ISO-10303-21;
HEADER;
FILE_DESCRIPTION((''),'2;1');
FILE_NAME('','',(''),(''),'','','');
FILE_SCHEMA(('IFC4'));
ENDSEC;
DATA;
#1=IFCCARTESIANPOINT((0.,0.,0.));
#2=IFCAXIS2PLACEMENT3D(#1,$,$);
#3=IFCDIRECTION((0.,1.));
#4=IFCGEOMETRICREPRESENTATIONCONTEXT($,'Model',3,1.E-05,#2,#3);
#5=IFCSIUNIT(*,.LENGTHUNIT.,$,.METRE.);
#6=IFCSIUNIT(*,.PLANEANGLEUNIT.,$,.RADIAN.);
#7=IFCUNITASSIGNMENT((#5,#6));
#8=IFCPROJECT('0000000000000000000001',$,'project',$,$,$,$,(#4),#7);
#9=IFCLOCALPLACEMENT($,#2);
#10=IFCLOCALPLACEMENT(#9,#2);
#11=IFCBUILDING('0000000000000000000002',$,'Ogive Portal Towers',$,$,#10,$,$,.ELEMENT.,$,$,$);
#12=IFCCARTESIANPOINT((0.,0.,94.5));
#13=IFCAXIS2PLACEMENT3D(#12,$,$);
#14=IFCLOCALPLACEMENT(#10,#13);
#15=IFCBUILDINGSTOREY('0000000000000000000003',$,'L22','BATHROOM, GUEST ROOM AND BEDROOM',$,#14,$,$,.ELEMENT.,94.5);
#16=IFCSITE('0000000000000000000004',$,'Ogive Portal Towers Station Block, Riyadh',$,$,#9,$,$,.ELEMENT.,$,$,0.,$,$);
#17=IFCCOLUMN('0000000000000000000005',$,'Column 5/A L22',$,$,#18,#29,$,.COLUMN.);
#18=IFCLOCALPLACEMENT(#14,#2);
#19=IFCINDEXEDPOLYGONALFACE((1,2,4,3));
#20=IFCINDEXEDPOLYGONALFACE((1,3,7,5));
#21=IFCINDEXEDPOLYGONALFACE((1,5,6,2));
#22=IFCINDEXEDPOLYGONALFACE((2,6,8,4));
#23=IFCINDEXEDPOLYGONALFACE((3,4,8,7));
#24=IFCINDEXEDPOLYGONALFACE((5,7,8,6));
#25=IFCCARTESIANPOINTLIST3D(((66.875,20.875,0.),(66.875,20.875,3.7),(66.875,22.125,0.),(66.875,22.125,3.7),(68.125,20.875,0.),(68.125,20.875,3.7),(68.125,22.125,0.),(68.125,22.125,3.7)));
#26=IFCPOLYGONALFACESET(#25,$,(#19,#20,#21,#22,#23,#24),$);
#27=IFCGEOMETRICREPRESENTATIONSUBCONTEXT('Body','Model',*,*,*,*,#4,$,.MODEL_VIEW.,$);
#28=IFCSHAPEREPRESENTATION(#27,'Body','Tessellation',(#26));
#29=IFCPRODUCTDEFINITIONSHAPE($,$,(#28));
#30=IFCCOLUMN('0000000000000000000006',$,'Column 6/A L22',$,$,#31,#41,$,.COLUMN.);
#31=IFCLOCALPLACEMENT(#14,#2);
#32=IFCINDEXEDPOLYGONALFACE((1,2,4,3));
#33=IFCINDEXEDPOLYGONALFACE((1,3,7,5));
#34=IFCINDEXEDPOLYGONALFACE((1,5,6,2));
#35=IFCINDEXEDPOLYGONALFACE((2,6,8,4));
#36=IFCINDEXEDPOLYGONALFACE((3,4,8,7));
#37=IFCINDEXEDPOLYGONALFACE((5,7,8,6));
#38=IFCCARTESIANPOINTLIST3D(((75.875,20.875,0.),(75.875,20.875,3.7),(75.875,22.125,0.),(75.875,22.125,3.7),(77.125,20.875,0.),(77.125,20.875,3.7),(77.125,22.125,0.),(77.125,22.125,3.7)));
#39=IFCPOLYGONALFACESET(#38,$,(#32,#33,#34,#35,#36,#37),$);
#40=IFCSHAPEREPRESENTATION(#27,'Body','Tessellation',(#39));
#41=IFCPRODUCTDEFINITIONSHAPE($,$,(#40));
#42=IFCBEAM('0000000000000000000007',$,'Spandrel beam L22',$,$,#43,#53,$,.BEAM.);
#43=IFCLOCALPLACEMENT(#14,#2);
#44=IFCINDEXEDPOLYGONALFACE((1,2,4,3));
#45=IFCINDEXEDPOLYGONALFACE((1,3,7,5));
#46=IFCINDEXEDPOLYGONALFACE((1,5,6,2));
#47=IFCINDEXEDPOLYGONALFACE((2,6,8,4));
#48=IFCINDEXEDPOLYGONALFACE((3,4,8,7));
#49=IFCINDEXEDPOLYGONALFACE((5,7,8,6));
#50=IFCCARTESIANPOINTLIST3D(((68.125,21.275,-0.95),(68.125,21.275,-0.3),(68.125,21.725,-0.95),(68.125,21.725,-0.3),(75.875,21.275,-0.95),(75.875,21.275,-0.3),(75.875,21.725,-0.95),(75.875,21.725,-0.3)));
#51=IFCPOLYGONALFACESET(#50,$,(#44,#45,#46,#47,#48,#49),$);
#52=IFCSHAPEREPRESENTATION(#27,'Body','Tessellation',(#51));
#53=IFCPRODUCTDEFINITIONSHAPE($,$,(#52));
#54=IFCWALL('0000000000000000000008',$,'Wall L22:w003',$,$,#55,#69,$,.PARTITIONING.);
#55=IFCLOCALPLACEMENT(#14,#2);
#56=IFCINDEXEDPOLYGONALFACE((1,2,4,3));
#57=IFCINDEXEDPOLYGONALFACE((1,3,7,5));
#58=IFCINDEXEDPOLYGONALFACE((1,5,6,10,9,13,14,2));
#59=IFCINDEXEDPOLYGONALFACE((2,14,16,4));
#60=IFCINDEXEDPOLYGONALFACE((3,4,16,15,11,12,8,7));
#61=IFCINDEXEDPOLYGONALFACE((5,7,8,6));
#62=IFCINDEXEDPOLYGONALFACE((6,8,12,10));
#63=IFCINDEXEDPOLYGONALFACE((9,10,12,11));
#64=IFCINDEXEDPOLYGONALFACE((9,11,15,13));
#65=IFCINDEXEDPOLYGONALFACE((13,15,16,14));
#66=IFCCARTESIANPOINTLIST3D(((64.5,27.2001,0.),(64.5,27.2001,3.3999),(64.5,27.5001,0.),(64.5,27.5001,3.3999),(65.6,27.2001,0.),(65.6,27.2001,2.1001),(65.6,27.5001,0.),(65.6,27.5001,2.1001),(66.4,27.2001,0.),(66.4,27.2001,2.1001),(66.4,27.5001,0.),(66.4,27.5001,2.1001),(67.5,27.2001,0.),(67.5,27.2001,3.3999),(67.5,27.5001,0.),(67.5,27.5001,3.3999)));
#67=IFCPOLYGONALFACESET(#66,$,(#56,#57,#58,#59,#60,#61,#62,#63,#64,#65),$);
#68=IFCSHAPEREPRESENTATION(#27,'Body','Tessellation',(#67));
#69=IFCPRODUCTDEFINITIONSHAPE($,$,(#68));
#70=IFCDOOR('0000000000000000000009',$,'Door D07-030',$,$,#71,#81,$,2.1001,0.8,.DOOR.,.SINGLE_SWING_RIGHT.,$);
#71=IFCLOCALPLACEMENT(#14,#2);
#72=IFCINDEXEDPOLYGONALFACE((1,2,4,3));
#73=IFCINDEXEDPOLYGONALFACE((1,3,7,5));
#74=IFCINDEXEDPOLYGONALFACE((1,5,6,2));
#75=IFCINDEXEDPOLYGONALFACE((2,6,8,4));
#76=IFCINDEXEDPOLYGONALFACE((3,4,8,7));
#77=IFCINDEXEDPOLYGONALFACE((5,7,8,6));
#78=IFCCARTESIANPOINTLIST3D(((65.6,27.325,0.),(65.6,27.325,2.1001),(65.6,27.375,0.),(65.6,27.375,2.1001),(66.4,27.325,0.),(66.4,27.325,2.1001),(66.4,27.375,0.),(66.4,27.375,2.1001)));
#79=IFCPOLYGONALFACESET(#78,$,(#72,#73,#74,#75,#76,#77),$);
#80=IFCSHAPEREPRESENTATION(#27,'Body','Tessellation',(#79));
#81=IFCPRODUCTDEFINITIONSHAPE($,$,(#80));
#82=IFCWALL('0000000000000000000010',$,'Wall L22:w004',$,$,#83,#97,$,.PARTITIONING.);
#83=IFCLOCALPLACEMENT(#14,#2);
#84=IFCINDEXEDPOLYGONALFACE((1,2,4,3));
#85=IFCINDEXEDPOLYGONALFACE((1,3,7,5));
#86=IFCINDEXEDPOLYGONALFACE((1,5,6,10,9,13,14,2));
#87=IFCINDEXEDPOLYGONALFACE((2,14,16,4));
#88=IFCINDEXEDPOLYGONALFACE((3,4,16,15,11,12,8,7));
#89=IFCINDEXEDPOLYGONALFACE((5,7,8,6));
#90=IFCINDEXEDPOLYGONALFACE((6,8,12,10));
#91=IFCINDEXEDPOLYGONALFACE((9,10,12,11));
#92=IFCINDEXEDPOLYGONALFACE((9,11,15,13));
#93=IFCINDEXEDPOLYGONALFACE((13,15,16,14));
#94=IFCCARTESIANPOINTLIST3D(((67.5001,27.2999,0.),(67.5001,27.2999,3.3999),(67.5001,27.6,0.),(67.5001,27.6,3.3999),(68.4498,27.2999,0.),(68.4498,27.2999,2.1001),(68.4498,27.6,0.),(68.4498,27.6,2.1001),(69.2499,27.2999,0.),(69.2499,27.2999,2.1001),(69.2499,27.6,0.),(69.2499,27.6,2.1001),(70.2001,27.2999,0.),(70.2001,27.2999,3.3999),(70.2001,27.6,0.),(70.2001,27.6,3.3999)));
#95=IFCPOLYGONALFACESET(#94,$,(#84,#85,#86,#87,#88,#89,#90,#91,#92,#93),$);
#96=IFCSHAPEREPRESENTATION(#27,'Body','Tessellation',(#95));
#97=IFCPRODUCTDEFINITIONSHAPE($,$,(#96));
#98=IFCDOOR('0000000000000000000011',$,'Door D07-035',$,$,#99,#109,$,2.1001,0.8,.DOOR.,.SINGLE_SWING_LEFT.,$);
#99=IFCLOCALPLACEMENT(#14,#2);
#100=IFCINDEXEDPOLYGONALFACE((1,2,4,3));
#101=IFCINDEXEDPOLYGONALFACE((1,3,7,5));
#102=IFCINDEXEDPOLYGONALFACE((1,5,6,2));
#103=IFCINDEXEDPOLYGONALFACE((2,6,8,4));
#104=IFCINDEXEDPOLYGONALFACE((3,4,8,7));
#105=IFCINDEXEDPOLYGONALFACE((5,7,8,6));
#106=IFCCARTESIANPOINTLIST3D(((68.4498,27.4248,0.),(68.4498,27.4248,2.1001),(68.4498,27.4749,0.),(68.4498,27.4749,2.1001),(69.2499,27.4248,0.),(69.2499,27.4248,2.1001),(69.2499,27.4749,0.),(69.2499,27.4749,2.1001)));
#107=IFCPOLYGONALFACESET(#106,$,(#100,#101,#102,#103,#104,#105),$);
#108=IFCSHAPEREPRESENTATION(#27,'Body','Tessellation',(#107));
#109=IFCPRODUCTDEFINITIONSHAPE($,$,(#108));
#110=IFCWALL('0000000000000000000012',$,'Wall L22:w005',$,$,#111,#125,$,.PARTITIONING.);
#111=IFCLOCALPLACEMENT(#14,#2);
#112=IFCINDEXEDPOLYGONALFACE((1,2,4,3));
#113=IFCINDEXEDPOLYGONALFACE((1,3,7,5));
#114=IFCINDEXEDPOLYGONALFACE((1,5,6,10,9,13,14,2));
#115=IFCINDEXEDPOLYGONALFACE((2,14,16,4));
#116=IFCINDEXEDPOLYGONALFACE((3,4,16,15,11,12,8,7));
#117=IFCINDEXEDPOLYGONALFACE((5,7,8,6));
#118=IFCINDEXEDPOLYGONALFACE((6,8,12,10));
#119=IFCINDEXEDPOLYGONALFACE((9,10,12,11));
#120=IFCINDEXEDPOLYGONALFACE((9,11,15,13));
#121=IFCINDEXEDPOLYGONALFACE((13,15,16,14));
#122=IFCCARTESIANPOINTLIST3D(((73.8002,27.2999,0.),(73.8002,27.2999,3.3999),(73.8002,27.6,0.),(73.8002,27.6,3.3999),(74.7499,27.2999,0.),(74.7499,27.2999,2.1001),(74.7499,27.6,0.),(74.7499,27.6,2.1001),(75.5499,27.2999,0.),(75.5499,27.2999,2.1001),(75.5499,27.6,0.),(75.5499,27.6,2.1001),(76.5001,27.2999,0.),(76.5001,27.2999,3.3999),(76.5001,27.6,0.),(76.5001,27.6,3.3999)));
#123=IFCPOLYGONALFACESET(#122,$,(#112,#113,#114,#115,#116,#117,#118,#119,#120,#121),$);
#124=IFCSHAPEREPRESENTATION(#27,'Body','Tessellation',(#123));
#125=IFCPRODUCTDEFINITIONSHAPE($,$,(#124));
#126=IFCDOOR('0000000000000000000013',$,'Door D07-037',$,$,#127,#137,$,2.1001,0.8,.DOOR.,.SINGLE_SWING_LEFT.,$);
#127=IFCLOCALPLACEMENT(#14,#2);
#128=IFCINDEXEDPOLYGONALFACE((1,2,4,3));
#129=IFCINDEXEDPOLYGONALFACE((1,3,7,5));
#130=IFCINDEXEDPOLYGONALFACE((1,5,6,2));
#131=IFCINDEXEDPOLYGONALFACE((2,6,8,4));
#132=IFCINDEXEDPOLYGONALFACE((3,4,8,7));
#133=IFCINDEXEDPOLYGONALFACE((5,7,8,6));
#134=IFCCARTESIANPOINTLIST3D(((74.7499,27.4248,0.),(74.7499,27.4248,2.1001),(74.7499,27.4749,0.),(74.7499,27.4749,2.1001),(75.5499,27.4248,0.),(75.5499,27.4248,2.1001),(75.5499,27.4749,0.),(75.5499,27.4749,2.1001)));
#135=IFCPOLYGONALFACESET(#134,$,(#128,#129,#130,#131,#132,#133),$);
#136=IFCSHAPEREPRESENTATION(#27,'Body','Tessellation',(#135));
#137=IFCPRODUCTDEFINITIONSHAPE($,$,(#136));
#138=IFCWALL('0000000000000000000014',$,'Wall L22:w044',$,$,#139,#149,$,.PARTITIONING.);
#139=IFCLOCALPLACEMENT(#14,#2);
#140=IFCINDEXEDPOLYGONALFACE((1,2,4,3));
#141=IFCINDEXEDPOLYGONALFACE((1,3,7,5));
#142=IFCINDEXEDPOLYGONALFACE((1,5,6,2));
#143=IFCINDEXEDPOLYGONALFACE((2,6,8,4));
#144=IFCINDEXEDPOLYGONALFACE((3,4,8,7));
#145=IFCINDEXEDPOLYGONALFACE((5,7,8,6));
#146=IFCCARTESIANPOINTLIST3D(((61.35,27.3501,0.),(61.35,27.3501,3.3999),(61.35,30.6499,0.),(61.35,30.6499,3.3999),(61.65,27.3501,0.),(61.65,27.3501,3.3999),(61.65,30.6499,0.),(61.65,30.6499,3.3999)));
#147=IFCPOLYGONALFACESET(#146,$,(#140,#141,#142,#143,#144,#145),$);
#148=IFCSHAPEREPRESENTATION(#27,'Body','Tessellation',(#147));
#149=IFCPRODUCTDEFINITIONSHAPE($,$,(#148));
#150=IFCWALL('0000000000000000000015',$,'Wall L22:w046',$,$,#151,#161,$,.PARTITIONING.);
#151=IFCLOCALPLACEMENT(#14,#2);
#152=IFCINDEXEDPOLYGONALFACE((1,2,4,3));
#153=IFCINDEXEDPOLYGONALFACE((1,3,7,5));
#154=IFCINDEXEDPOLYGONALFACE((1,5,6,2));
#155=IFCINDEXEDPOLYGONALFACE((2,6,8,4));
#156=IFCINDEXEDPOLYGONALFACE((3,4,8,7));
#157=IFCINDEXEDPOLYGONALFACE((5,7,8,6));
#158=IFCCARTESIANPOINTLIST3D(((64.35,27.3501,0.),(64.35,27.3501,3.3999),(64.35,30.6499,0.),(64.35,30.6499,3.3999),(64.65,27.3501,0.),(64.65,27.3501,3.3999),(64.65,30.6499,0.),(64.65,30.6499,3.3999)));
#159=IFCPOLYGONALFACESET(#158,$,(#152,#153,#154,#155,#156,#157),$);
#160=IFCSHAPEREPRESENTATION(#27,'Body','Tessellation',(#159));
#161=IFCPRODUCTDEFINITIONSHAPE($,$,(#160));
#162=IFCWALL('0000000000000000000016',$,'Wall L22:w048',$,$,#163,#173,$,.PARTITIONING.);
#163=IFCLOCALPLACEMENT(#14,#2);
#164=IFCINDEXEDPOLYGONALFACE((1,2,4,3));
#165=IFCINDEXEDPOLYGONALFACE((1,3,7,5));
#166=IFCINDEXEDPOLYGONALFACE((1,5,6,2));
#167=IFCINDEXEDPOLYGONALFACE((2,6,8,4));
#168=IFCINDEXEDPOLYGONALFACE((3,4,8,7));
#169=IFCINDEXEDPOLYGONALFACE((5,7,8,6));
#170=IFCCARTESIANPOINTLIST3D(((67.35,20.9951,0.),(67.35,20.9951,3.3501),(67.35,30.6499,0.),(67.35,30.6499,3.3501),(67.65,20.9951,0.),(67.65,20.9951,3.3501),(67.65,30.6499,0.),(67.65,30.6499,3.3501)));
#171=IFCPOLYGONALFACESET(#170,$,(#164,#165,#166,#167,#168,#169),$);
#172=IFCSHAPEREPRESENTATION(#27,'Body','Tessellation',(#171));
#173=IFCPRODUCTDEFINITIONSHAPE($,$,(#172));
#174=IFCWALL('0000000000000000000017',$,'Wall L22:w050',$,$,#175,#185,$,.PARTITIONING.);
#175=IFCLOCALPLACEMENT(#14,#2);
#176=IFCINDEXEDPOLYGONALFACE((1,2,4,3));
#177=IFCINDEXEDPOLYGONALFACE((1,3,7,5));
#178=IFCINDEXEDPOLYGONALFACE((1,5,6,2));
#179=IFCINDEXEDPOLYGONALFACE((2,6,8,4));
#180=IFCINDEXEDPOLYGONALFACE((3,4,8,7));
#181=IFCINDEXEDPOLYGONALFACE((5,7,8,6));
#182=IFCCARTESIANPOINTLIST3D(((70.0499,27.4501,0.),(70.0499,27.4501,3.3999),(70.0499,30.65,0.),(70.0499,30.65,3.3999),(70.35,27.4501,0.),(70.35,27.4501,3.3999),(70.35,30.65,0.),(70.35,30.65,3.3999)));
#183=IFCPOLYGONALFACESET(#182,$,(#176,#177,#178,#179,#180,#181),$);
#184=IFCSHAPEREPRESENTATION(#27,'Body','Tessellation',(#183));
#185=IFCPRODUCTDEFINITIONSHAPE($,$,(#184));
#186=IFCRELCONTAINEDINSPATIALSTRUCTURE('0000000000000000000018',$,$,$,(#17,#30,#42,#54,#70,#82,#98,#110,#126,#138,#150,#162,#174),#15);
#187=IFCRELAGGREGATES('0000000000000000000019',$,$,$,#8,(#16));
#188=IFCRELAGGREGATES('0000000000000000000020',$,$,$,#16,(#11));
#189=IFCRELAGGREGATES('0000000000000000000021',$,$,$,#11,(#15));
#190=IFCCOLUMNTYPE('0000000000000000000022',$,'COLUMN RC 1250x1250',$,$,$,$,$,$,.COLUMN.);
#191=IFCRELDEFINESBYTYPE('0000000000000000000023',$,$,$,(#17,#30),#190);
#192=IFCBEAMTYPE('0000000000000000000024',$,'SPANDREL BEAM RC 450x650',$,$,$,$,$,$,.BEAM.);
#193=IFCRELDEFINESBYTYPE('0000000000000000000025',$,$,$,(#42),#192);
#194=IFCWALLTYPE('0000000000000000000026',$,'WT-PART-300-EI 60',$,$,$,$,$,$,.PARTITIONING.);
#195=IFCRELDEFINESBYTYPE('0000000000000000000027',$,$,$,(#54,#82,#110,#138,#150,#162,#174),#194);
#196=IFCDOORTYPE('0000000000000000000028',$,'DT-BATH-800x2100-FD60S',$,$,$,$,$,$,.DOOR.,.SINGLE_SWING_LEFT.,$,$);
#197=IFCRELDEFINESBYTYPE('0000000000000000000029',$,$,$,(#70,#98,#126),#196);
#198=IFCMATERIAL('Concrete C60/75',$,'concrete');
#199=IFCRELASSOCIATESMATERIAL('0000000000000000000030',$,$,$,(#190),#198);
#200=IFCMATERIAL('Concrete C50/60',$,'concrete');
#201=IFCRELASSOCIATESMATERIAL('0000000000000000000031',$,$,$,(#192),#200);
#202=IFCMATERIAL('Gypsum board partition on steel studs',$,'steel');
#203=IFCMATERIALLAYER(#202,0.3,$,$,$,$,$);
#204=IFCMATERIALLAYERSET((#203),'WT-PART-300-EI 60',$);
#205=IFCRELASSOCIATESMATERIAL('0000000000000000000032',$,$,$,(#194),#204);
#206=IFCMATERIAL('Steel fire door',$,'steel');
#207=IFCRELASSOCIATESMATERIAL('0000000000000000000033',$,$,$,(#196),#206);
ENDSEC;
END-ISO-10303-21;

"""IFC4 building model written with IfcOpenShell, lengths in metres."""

from ifc_helpers import new_model, si_unit, direction, frame, frame_2d, origin, origin_2d, place, context, subcontext, project, spatial, rectangle, extrude, material, layer, layer_set, material_profile, profile_set, type_object, element, fill, save


model = new_model("IFC4")

# Units and contexts
model_context = context("Model", 3, precision=1e-05, world=origin(), true_north=direction((0.0, 1.0)))
body_context = subcontext(model_context, "Body", "Model", "MODEL_VIEW")
ifc_project = project(units=[si_unit("LENGTHUNIT", "METRE"), si_unit("PLANEANGLEUNIT", "RADIAN")], contexts=[model_context])

# Site, building, storey
site_placement = place(None, origin())
site = spatial("IfcSite", under=ifc_project, at=site_placement, Name="Ogive Portal Towers Station Block, Riyadh", CompositionType="ELEMENT", RefElevation=0.0)
building_placement = place(site_placement, origin())
building = spatial("IfcBuilding", under=site, at=building_placement, Name="Ogive Portal Towers", CompositionType="ELEMENT")
storey_placement = place(building_placement, frame((0.0, 0.0, 94.5)))
storey = spatial("IfcBuildingStorey", under=building, at=storey_placement, Name="L22", Description="BATHROOM, GUEST ROOM AND BEDROOM", CompositionType="ELEMENT", Elevation=94.5)

# Columns
ifc_material_1 = material(Name="Concrete C60/75", Category="concrete")
ifc_material_profile_1 = material_profile(ifc_material_1, rectangle(XDim=1.25, YDim=1.25, at=origin_2d()), Name="RC 1250x1250")
ifc_profile_set_1 = profile_set([ifc_material_profile_1], Name="Concrete C60/75")
column_type = type_object("IfcColumnType", Name="COLUMN RC 1250x1250", PredefinedType="COLUMN", material=ifc_profile_set_1)
for number, where, z_axis, x_axis, name in (
    (1, (67.5, 21.5, 0.0), (0.0, 0.0, 1.0), (1.0, 0.0, 0.0), "Column 5/A L22"),
    (2, (76.5, 21.5, 0.0), (0.0, 0.0, 1.0), (1.0, 0.0, 0.0), "Column 6/A L22"),
):
    element("IfcColumn", number, at=place(storey_placement, frame(where, z_axis=z_axis, x_axis=x_axis)), inside=storey, type_object=column_type, Name=name, PredefinedType="COLUMN", context=body_context, shape_type="SweptSolid", body=[
        extrude(rectangle(XDim=1.25, YDim=1.25, at=origin_2d()), origin(), (0.0, 0.0, 1.0), 3.7),
    ])

# Beam
ifc_material_2 = material(Name="Concrete C50/60", Category="concrete")
ifc_material_profile_2 = material_profile(ifc_material_2, rectangle(XDim=0.45, YDim=0.6499, at=origin_2d()), Name="RC 450x650")
ifc_profile_set_2 = profile_set([ifc_material_profile_2], Name="Concrete C50/60")
beam_type = type_object("IfcBeamType", Name="SPANDREL BEAM RC 450x650", PredefinedType="BEAM", material=ifc_profile_set_2)
beam_placement = place(storey_placement, frame((75.875, 21.5, -0.625), z_axis=(-1.0, 0.0, 0.0), x_axis=(0.0, -1.0, 0.0)))
element("IfcBeam", 3, at=beam_placement, inside=storey, type_object=beam_type, Name="Spandrel beam L22", PredefinedType="BEAM", context=body_context, shape_type="SweptSolid", body=[
    extrude(rectangle(XDim=0.45, YDim=0.6499, at=origin_2d()), origin(), (0.0, 0.0, 1.0), 7.75),
])

# Walls, openings, doors
ifc_material_3 = material(Name="Gypsum board partition on steel studs", Category="steel")
ifc_layer_1 = layer(ifc_material_3, 0.3)
ifc_layer_set_1 = layer_set([ifc_layer_1], Name="WT-PART-300-EI 60")
wall_type = type_object("IfcWallType", Name="WT-PART-300-EI 60", PredefinedType="PARTITIONING", material=ifc_layer_set_1)
wall_1_placement = place(storey_placement, frame((64.5, 27.3501, 0.0), z_axis=(0.0, 0.0, 1.0), x_axis=(1.0, 0.0, 0.0)))
wall_1 = element("IfcWall", 4, at=wall_1_placement, inside=storey, type_object=wall_type, Name="Wall L22:w003", PredefinedType="PARTITIONING", context=body_context, shape_type="SweptSolid", body=[
    extrude(rectangle(XDim=3.0, YDim=0.3, at=frame_2d((1.5, 0.0))), origin(), (0.0, 0.0, 1.0), 3.3999),
])
opening_1_placement = place(wall_1_placement, frame((1.1001, 0.0, 0.0)))
opening_1 = element("IfcOpeningElement", 5, at=opening_1_placement, cuts=wall_1, PredefinedType="OPENING", context=body_context, shape_type="SweptSolid", body=[
    extrude(rectangle(XDim=0.8, YDim=2.1001, at=frame_2d((0.3999, 1.05))), frame((0.0, 0.1602, 0.0), z_axis=(0.0, -1.0, 0.0), x_axis=(1.0, 0.0, 0.0)), (0.0, 0.0, 1.0), 0.3201),
])
ifc_material_4 = material(Name="Steel fire door", Category="steel")
door_type = type_object("IfcDoorType", Name="DT-BATH-800x2100-FD60S", OperationType="SINGLE_SWING_LEFT", PredefinedType="DOOR", material=ifc_material_4)
door_1_placement = place(opening_1_placement, origin())
door_1 = element("IfcDoor", 6, at=door_1_placement, inside=storey, type_object=door_type, Name="Door D07-030", OperationType="SINGLE_SWING_RIGHT", OverallHeight=2.1001, OverallWidth=0.8, PredefinedType="DOOR", context=body_context, shape_type="SweptSolid", body=[
    extrude(rectangle(XDim=0.8, YDim=2.1001, at=frame_2d((0.3999, 1.05))), frame((0.0, 0.0249, 0.0), z_axis=(0.0, -1.0, 0.0), x_axis=(1.0, 0.0, 0.0)), (0.0, 0.0, 1.0), 0.05),
])
fill(opening_1, door_1)
wall_2_placement = place(storey_placement, frame((67.5, 27.45, 0.0), z_axis=(0.0, 0.0, 1.0), x_axis=(1.0, 0.0, 0.0)))
wall_2 = element("IfcWall", 7, at=wall_2_placement, inside=storey, type_object=wall_type, Name="Wall L22:w004", PredefinedType="PARTITIONING", context=body_context, shape_type="SweptSolid", body=[
    extrude(rectangle(XDim=2.7, YDim=0.3, at=frame_2d((1.3501, 0.0))), origin(), (0.0, 0.0, 1.0), 3.3999),
])
opening_2_placement = place(wall_2_placement, frame((0.95, 0.0, 0.0)))
opening_2 = element("IfcOpeningElement", 8, at=opening_2_placement, cuts=wall_2, PredefinedType="OPENING", context=body_context, shape_type="SweptSolid", body=[
    extrude(rectangle(XDim=0.8, YDim=2.1001, at=frame_2d((0.3999, 1.05))), frame((0.0, 0.1602, 0.0), z_axis=(0.0, -1.0, 0.0), x_axis=(1.0, 0.0, 0.0)), (0.0, 0.0, 1.0), 0.3201),
])
door_2_placement = place(opening_2_placement, origin())
door_2 = element("IfcDoor", 9, at=door_2_placement, inside=storey, type_object=door_type, Name="Door D07-035", OperationType="SINGLE_SWING_LEFT", OverallHeight=2.1001, OverallWidth=0.8, PredefinedType="DOOR", context=body_context, shape_type="SweptSolid", body=[
    extrude(rectangle(XDim=0.8, YDim=2.1001, at=frame_2d((0.3999, 1.05))), frame((0.0, 0.0249, 0.0), z_axis=(0.0, -1.0, 0.0), x_axis=(1.0, 0.0, 0.0)), (0.0, 0.0, 1.0), 0.05),
])
fill(opening_2, door_2)
wall_3_placement = place(storey_placement, frame((73.8, 27.45, 0.0), z_axis=(0.0, 0.0, 1.0), x_axis=(1.0, 0.0, 0.0)))
wall_3 = element("IfcWall", 10, at=wall_3_placement, inside=storey, type_object=wall_type, Name="Wall L22:w005", PredefinedType="PARTITIONING", context=body_context, shape_type="SweptSolid", body=[
    extrude(rectangle(XDim=2.7, YDim=0.3, at=frame_2d((1.3501, 0.0))), origin(), (0.0, 0.0, 1.0), 3.3999),
])
opening_3_placement = place(wall_3_placement, frame((0.95, 0.0, 0.0)))
opening_3 = element("IfcOpeningElement", 11, at=opening_3_placement, cuts=wall_3, PredefinedType="OPENING", context=body_context, shape_type="SweptSolid", body=[
    extrude(rectangle(XDim=0.8, YDim=2.1001, at=frame_2d((0.3999, 1.05))), frame((0.0, 0.1602, 0.0), z_axis=(0.0, -1.0, 0.0), x_axis=(1.0, 0.0, 0.0)), (0.0, 0.0, 1.0), 0.3201),
])
door_3_placement = place(opening_3_placement, origin())
door_3 = element("IfcDoor", 12, at=door_3_placement, inside=storey, type_object=door_type, Name="Door D07-037", OperationType="SINGLE_SWING_LEFT", OverallHeight=2.1001, OverallWidth=0.8, PredefinedType="DOOR", context=body_context, shape_type="SweptSolid", body=[
    extrude(rectangle(XDim=0.8, YDim=2.1001, at=frame_2d((0.3999, 1.05))), frame((0.0, 0.0249, 0.0), z_axis=(0.0, -1.0, 0.0), x_axis=(1.0, 0.0, 0.0)), (0.0, 0.0, 1.0), 0.05),
])
fill(opening_3, door_3)

# Walls
for number, where, z_axis, x_axis, name in (
    (13, (61.5, 27.3501, 0.0), (0.0, 0.0, 1.0), (0.0, 1.0, 0.0), "Wall L22:w044"),
    (14, (64.5, 27.3501, 0.0), (0.0, 0.0, 1.0), (0.0, 1.0, 0.0), "Wall L22:w046"),
):
    element("IfcWall", number, at=place(storey_placement, frame(where, z_axis=z_axis, x_axis=x_axis)), inside=storey, type_object=wall_type, Name=name, PredefinedType="PARTITIONING", context=body_context, shape_type="SweptSolid", body=[
        extrude(rectangle(XDim=3.2998, YDim=0.3, at=frame_2d((1.6499, 0.0))), origin(), (0.0, 0.0, 1.0), 3.3999),
    ])
wall_4_placement = place(storey_placement, frame((67.5, 20.9951, 0.0), z_axis=(0.0, 0.0, 1.0), x_axis=(0.0, 1.0, 0.0)))
element("IfcWall", 15, at=wall_4_placement, inside=storey, type_object=wall_type, Name="Wall L22:w048", PredefinedType="PARTITIONING", context=body_context, shape_type="SweptSolid", body=[
    extrude(rectangle(XDim=9.6548, YDim=0.3, at=frame_2d((4.8274, 0.0))), origin(), (0.0, 0.0, 1.0), 3.3501),
])
wall_5_placement = place(storey_placement, frame((70.2, 27.45, 0.0), z_axis=(0.0, 0.0, 1.0), x_axis=(0.0, 1.0, 0.0)))
element("IfcWall", 16, at=wall_5_placement, inside=storey, type_object=wall_type, Name="Wall L22:w050", PredefinedType="PARTITIONING", context=body_context, shape_type="SweptSolid", body=[
    extrude(rectangle(XDim=3.2, YDim=0.3, at=frame_2d((1.6001, 0.0))), origin(), (0.0, 0.0, 1.0), 3.3999),
])

save(model, "model.ifc")
